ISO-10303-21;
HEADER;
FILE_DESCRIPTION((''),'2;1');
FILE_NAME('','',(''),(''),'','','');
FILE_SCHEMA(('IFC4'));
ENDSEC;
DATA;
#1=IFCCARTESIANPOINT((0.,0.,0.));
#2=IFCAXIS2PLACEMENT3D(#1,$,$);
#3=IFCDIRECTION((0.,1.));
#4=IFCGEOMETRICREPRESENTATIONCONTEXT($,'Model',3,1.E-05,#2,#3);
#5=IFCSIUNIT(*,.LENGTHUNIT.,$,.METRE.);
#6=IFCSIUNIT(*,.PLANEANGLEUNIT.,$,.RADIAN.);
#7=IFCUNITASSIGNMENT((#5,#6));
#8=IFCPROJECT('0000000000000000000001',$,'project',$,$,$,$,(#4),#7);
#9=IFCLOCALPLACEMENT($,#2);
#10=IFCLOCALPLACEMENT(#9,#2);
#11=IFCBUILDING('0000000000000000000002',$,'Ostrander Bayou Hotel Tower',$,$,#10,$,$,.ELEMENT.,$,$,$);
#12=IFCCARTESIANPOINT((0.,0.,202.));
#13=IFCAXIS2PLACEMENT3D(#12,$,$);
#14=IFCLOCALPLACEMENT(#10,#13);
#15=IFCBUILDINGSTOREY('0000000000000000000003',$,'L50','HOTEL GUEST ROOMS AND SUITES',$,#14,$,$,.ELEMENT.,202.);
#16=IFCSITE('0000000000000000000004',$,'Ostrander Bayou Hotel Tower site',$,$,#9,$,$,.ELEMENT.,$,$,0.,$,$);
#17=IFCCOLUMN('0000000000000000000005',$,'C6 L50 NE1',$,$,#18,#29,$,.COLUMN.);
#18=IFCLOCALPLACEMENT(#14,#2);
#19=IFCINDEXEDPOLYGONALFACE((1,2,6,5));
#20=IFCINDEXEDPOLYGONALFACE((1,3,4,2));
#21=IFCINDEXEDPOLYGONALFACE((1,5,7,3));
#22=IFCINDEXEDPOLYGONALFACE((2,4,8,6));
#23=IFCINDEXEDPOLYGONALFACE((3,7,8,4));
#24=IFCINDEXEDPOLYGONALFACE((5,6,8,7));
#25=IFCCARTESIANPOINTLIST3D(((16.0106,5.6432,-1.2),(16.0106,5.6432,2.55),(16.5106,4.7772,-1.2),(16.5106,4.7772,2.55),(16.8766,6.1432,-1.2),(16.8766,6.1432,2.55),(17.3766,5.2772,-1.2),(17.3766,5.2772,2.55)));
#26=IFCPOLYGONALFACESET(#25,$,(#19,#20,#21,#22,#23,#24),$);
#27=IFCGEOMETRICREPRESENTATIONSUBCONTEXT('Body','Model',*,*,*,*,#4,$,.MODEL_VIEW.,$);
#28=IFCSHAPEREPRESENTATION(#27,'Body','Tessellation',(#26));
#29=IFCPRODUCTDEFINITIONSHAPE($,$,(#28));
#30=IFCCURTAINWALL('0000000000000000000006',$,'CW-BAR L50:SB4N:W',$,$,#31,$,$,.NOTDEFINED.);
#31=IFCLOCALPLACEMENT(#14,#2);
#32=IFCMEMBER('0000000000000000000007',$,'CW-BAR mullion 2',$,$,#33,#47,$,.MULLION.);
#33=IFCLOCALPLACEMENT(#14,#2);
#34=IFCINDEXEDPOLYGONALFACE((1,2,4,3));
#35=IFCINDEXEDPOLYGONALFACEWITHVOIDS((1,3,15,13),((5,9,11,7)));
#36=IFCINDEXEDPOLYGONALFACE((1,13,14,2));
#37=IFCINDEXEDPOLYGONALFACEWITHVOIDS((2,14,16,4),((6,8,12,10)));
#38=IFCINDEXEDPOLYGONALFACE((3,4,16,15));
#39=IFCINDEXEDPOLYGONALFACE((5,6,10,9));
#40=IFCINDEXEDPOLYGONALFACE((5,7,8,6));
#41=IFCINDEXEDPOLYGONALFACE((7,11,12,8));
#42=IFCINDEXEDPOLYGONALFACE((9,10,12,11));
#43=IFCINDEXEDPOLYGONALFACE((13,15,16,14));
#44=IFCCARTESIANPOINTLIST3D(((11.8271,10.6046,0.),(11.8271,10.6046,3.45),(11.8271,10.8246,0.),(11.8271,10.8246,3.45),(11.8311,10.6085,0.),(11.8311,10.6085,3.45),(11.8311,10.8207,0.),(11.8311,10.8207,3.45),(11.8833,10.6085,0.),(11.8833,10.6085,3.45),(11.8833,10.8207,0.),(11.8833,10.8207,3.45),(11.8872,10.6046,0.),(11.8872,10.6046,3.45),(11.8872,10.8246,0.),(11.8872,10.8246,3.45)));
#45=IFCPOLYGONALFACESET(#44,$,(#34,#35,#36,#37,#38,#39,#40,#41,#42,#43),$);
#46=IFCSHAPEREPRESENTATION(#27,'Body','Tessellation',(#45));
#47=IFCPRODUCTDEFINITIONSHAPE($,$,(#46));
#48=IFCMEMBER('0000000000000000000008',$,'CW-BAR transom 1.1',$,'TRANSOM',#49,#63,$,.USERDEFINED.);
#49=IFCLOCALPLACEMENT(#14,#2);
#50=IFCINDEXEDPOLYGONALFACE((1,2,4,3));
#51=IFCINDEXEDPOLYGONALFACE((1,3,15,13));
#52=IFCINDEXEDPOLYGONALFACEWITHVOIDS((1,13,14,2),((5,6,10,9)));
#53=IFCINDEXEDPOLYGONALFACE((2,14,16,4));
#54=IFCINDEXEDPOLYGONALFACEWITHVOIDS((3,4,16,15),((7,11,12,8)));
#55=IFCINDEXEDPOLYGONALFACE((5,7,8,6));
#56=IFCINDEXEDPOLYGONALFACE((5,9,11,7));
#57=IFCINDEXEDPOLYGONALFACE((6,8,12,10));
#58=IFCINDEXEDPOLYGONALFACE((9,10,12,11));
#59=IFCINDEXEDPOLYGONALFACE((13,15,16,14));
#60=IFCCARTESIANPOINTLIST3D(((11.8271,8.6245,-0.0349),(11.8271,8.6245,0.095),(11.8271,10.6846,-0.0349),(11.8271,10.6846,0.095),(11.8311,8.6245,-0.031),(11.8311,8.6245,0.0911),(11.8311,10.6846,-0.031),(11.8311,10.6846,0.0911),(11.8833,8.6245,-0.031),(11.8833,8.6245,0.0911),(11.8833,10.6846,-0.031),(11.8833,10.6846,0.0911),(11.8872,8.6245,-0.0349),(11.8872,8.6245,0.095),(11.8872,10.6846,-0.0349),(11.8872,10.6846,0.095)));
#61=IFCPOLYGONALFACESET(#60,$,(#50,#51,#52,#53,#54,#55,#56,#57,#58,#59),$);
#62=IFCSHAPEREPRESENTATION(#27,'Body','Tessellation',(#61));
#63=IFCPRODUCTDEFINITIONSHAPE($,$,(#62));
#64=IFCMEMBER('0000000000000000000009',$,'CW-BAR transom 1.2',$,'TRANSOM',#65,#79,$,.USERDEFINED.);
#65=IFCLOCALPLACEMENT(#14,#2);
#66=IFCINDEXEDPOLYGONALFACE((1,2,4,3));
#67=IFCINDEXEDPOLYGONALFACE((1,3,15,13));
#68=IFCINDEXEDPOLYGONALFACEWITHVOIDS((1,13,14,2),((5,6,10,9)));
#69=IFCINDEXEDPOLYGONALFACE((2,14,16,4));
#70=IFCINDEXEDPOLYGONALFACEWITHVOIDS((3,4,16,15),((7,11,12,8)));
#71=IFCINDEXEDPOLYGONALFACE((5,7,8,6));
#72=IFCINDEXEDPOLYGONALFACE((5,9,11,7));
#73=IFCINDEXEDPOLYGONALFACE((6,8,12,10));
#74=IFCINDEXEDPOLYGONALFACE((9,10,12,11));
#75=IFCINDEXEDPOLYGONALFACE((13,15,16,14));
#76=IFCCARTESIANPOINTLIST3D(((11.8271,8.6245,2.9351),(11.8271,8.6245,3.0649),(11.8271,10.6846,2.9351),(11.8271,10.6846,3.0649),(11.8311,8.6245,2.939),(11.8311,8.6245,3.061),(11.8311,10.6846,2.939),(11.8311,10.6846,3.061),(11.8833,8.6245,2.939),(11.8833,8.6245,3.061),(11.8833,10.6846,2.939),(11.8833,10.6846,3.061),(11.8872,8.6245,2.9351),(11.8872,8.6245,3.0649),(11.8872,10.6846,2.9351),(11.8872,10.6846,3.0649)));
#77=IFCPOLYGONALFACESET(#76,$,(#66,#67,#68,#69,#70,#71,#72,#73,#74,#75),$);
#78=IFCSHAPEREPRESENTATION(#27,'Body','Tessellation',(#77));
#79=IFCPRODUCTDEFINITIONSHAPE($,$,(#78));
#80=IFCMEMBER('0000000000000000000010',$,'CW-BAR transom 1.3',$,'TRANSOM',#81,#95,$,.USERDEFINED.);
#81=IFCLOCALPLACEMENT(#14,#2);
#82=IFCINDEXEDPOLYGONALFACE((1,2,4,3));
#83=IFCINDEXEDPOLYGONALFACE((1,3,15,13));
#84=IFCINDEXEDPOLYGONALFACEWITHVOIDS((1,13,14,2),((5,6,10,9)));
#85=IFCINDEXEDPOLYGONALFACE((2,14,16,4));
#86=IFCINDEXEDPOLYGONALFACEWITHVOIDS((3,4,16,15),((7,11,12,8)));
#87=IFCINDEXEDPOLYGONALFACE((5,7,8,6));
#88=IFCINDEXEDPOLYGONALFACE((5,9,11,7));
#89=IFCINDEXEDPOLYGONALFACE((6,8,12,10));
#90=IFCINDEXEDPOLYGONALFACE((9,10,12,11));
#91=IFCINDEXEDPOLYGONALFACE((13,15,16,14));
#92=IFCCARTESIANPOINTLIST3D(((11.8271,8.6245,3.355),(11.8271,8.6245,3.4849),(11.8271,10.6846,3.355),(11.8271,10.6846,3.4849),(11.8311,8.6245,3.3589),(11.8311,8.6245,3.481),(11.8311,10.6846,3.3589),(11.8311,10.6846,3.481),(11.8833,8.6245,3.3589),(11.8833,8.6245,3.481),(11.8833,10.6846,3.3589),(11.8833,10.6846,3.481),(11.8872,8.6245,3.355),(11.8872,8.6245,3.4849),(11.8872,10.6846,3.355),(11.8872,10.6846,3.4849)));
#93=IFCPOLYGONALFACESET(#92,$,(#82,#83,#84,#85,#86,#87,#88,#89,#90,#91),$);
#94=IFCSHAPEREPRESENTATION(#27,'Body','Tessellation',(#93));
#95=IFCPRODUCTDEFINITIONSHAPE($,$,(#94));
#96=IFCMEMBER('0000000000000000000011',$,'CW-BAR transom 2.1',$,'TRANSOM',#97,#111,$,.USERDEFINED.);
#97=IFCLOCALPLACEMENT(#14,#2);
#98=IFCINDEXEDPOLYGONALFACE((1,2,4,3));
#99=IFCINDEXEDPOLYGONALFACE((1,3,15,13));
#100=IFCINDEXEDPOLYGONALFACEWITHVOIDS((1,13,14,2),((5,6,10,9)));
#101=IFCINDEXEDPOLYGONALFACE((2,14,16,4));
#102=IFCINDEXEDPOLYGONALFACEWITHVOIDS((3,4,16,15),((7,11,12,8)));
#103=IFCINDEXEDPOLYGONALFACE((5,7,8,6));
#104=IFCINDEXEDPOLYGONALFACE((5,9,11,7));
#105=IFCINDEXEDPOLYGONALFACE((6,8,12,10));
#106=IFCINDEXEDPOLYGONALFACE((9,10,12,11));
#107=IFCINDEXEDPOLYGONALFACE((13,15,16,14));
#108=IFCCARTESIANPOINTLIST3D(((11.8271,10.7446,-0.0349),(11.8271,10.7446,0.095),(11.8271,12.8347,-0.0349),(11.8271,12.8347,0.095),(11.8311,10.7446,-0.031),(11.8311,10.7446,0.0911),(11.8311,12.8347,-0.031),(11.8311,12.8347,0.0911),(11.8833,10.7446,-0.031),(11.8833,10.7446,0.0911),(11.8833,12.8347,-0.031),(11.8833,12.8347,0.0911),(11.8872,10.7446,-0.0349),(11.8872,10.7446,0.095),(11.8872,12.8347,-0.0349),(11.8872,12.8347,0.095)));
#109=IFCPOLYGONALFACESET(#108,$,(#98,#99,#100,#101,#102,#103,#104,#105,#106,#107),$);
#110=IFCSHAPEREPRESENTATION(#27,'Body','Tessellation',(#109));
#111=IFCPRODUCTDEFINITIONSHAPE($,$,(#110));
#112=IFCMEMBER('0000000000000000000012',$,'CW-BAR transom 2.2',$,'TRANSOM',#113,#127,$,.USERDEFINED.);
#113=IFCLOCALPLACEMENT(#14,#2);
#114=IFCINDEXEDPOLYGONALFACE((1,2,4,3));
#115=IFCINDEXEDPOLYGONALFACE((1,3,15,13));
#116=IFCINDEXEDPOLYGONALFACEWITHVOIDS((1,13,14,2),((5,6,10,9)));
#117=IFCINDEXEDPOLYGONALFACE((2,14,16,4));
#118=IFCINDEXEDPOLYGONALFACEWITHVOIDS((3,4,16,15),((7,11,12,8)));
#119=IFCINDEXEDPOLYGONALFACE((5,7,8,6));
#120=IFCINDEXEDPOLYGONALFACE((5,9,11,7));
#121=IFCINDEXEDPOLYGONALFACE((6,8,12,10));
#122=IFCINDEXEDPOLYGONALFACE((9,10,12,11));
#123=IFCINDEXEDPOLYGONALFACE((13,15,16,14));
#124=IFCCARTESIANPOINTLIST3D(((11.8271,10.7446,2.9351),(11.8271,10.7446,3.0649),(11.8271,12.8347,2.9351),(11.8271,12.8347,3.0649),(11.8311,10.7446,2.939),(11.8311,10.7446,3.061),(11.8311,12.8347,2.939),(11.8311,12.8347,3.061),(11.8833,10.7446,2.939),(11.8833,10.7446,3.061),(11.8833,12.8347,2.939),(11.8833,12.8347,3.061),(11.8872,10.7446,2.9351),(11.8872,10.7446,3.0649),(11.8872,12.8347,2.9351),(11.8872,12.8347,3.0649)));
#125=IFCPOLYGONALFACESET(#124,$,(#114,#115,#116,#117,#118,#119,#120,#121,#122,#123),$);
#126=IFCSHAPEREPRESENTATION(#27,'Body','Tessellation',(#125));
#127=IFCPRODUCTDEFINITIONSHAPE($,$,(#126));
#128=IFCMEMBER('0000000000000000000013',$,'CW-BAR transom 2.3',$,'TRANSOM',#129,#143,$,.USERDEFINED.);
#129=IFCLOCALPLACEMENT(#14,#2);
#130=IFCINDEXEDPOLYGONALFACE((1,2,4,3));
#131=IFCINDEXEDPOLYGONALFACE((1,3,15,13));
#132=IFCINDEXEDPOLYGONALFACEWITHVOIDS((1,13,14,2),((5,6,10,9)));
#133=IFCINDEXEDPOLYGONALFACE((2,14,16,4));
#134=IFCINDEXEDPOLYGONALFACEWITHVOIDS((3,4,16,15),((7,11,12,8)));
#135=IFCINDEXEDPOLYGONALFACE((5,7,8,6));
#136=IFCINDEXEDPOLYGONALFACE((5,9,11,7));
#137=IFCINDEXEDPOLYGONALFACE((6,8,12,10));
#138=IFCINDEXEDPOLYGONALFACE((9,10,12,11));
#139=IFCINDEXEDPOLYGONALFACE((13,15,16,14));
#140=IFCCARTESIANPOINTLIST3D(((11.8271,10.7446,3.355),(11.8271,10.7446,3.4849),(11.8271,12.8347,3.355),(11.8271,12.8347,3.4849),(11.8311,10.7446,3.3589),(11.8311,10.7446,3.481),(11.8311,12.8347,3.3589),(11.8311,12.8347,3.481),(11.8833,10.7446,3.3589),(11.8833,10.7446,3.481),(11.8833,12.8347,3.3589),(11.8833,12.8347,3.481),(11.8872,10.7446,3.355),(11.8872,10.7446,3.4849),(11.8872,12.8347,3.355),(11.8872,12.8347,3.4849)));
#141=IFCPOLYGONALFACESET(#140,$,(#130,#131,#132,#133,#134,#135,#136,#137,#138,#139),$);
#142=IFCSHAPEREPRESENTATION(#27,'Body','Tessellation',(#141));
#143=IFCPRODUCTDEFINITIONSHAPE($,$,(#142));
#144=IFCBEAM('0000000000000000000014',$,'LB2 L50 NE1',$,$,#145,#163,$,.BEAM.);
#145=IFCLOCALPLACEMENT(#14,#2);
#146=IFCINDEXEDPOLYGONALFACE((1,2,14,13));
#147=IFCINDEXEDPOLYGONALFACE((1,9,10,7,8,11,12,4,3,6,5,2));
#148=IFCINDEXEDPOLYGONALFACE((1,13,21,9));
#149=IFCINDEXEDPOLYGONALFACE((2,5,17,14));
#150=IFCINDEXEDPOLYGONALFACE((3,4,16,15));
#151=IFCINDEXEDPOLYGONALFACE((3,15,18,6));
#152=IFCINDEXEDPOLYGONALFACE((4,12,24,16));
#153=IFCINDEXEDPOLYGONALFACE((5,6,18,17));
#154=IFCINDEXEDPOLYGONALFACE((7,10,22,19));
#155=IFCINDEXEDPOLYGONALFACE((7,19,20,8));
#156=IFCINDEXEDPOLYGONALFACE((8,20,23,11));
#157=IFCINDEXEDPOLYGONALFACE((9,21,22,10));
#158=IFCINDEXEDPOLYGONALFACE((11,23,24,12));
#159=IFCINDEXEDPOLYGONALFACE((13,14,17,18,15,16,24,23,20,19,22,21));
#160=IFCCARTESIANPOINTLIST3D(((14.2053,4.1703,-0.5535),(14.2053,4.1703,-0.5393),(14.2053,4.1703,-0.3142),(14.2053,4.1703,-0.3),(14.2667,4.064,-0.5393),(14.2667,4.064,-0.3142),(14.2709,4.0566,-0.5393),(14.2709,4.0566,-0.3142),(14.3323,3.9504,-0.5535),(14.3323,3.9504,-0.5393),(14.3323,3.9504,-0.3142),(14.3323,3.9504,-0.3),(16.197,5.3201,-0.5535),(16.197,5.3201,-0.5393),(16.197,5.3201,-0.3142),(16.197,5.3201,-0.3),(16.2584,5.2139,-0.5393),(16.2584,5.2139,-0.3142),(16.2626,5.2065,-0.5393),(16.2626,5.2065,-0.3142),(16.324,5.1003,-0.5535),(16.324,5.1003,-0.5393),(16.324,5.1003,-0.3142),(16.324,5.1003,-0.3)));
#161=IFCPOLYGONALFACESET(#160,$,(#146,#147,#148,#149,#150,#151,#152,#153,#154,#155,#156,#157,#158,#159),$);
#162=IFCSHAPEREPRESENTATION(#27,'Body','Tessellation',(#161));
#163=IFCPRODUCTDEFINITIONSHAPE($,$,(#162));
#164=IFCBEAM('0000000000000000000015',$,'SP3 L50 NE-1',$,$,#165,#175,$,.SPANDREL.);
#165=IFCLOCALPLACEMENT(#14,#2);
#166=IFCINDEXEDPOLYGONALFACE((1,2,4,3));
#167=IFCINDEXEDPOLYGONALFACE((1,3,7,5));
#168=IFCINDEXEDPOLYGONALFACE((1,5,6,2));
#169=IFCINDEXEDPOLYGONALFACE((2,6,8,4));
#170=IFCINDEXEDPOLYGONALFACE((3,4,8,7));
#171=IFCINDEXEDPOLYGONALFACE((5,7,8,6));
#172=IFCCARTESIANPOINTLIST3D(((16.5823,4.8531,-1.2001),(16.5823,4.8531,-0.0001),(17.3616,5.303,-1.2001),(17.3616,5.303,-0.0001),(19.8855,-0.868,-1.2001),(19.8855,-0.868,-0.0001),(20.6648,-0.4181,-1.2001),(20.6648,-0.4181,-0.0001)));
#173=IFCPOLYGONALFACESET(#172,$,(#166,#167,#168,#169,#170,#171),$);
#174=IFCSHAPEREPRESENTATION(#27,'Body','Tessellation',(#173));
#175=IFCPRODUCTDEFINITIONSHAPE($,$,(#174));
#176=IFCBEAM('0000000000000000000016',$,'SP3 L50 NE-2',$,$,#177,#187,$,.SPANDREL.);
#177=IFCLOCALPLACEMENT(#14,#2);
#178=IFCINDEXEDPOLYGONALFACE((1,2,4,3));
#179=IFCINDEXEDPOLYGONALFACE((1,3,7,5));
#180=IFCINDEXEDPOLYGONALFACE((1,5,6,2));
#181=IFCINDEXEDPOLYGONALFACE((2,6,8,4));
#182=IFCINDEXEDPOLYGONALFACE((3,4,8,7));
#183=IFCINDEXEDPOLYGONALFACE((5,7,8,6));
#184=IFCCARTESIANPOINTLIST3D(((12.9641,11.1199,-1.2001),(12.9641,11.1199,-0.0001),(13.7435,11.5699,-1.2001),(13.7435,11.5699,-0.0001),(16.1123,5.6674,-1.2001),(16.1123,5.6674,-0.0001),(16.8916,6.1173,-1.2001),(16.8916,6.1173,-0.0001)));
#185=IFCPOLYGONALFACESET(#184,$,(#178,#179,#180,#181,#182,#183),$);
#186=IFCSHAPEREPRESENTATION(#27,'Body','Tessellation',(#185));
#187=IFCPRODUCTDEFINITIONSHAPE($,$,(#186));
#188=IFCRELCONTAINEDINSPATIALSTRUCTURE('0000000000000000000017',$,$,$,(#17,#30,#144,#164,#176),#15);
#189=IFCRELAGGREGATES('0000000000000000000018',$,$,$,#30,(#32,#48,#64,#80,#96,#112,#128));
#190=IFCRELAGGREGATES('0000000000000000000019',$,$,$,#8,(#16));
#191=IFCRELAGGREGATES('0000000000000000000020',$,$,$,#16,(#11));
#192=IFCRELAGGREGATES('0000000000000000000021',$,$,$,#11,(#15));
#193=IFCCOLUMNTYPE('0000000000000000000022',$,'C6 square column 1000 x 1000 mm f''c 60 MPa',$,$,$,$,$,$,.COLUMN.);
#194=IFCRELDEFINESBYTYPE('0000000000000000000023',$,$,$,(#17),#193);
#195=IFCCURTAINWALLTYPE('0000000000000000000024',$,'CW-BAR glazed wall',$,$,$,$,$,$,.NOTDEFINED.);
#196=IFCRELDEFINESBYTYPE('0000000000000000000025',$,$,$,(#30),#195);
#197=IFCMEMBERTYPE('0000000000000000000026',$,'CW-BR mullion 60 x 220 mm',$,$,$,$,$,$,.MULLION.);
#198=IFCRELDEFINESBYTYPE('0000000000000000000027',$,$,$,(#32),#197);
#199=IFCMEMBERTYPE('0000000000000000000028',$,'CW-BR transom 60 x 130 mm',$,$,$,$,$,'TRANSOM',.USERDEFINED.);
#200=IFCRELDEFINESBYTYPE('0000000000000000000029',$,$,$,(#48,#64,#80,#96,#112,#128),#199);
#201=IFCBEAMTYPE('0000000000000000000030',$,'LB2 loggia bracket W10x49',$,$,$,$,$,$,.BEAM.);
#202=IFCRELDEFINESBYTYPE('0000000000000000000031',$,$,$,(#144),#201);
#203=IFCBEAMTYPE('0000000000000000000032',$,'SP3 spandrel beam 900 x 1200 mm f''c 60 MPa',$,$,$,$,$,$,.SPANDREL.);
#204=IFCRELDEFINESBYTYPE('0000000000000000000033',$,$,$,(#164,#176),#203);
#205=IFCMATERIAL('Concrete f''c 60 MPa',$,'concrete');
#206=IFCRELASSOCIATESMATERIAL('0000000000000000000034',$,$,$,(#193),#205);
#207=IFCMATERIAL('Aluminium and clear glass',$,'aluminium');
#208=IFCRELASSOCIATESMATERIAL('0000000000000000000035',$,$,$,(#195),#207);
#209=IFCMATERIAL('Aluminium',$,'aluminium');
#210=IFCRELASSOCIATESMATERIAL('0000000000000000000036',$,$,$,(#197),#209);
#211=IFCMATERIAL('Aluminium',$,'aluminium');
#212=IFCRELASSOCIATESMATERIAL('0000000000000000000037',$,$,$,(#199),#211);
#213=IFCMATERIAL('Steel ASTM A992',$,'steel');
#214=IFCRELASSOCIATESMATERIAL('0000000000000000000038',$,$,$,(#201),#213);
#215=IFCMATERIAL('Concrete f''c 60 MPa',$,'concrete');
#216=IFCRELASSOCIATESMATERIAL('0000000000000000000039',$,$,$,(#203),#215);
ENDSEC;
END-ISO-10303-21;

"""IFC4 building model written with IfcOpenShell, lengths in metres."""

from ifc_helpers import new_model, si_unit, direction, frame, origin, origin_2d, place, context, subcontext, project, spatial, rectangle, hollow_rectangle, i_section, extrude, material, material_profile, profile_set, type_object, element, aggregate, save


model = new_model("IFC4")

# Units and contexts
model_context = context("Model", 3, precision=1e-05, world=origin(), true_north=direction((0.0, 1.0)))
body_context = subcontext(model_context, "Body", "Model", "MODEL_VIEW")
ifc_project = project(units=[si_unit("LENGTHUNIT", "METRE"), si_unit("PLANEANGLEUNIT", "RADIAN")], contexts=[model_context])

# Site, building, storey
site_placement = place(None, origin())
site = spatial("IfcSite", under=ifc_project, at=site_placement, Name="Ostrander Bayou Hotel Tower site", CompositionType="ELEMENT", RefElevation=0.0)
building_placement = place(site_placement, origin())
building = spatial("IfcBuilding", under=site, at=building_placement, Name="Ostrander Bayou Hotel Tower", CompositionType="ELEMENT")
storey_placement = place(building_placement, frame((0.0, 0.0, 202.0)))
storey = spatial("IfcBuildingStorey", under=building, at=storey_placement, Name="L50", Description="HOTEL GUEST ROOMS AND SUITES", CompositionType="ELEMENT", Elevation=202.0)

# Column
ifc_material_1 = material(Name="Concrete f'c 60 MPa", Category="concrete")
ifc_material_profile_1 = material_profile(ifc_material_1, rectangle(XDim=1.0, YDim=1.0, at=origin_2d()))
ifc_profile_set_1 = profile_set([ifc_material_profile_1], Name="Concrete f'c 60 MPa")
column_type = type_object("IfcColumnType", Name="C6 square column 1000 x 1000 mm f'c 60 MPa", PredefinedType="COLUMN", material=ifc_profile_set_1)
column_placement = place(storey_placement, frame((16.6936, 5.4602, -1.2), z_axis=(0.0, 0.0, 1.0), x_axis=(0.5, -0.866025, 0.0)))
element("IfcColumn", 1, at=column_placement, inside=storey, type_object=column_type, Name="C6 L50 NE1", PredefinedType="COLUMN", context=body_context, shape_type="SweptSolid", body=[
    extrude(rectangle(XDim=1.0, YDim=1.0, at=origin_2d()), origin(), (0.0, 0.0, 1.0), 3.75),
])

# Curtain wall, members
ifc_material_2 = material(Name="Aluminium and clear glass", Category="aluminium")
curtain_wall_type = type_object("IfcCurtainWallType", Name="CW-BAR glazed wall", PredefinedType="NOTDEFINED", material=ifc_material_2)
curtain_wall_placement = place(storey_placement, origin())
curtain_wall = element("IfcCurtainWall", 2, at=curtain_wall_placement, inside=storey, type_object=curtain_wall_type, Name="CW-BAR L50:SB4N:W", PredefinedType="NOTDEFINED")
ifc_material_3 = material(Name="Aluminium", Category="aluminium")
ifc_material_profile_2 = material_profile(ifc_material_3, hollow_rectangle(XDim=0.0601, YDim=0.22, WallThickness=0.0039, at=origin_2d()))
ifc_profile_set_2 = profile_set([ifc_material_profile_2], Name="Aluminium")
member_type_1 = type_object("IfcMemberType", Name="CW-BR mullion 60 x 220 mm", PredefinedType="MULLION", material=ifc_profile_set_2)
member_1_placement = place(storey_placement, frame((11.8572, 10.7146, 0.0), z_axis=(0.0, 0.0, 1.0), x_axis=(-1.0, 0.0, 0.0)))
member_1 = element("IfcMember", 3, at=member_1_placement, type_object=member_type_1, Name="CW-BAR mullion 2", PredefinedType="MULLION", context=body_context, shape_type="SweptSolid", body=[
    extrude(hollow_rectangle(XDim=0.0601, YDim=0.22, WallThickness=0.0039, at=origin_2d()), origin(), (0.0, 0.0, 1.0), 3.45),
])
ifc_material_4 = material(Name="Aluminium", Category="aluminium")
ifc_material_profile_3 = material_profile(ifc_material_4, hollow_rectangle(XDim=0.0601, YDim=0.1299, WallThickness=0.0039, at=origin_2d()))
ifc_profile_set_3 = profile_set([ifc_material_profile_3], Name="Aluminium")
member_type_2 = type_object("IfcMemberType", Name="CW-BR transom 60 x 130 mm", ElementType="TRANSOM", PredefinedType="USERDEFINED", material=ifc_profile_set_3)
member_2_placement = place(storey_placement, frame((11.8572, 8.6245, 0.03), z_axis=(0.0, 1.0, 0.0), x_axis=(-1.0, 0.0, 0.0)))
member_2 = element("IfcMember", 4, at=member_2_placement, type_object=member_type_2, Name="CW-BAR transom 1.1", ObjectType="TRANSOM", PredefinedType="USERDEFINED", context=body_context, shape_type="SweptSolid", body=[
    extrude(hollow_rectangle(XDim=0.0601, YDim=0.1299, WallThickness=0.0039, at=origin_2d()), origin(), (0.0, 0.0, 1.0), 2.0601),
])
member_3_placement = place(storey_placement, frame((11.8572, 8.6245, 3.0), z_axis=(0.0, 1.0, 0.0), x_axis=(-1.0, 0.0, 0.0)))
member_3 = element("IfcMember", 5, at=member_3_placement, type_object=member_type_2, Name="CW-BAR transom 1.2", ObjectType="TRANSOM", PredefinedType="USERDEFINED", context=body_context, shape_type="SweptSolid", body=[
    extrude(hollow_rectangle(XDim=0.0601, YDim=0.1299, WallThickness=0.0039, at=origin_2d()), origin(), (0.0, 0.0, 1.0), 2.0601),
])
member_4_placement = place(storey_placement, frame((11.8572, 8.6245, 3.4199), z_axis=(0.0, 1.0, 0.0), x_axis=(-1.0, 0.0, 0.0)))
member_4 = element("IfcMember", 6, at=member_4_placement, type_object=member_type_2, Name="CW-BAR transom 1.3", ObjectType="TRANSOM", PredefinedType="USERDEFINED", context=body_context, shape_type="SweptSolid", body=[
    extrude(hollow_rectangle(XDim=0.0601, YDim=0.1299, WallThickness=0.0039, at=origin_2d()), origin(), (0.0, 0.0, 1.0), 2.0601),
])
member_5_placement = place(storey_placement, frame((11.8572, 10.7446, 0.03), z_axis=(0.0, 1.0, 0.0), x_axis=(-1.0, 0.0, 0.0)))
member_5 = element("IfcMember", 7, at=member_5_placement, type_object=member_type_2, Name="CW-BAR transom 2.1", ObjectType="TRANSOM", PredefinedType="USERDEFINED", context=body_context, shape_type="SweptSolid", body=[
    extrude(hollow_rectangle(XDim=0.0601, YDim=0.1299, WallThickness=0.0039, at=origin_2d()), origin(), (0.0, 0.0, 1.0), 2.0901),
])
member_6_placement = place(storey_placement, frame((11.8572, 10.7446, 3.0), z_axis=(0.0, 1.0, 0.0), x_axis=(-1.0, 0.0, 0.0)))
member_6 = element("IfcMember", 8, at=member_6_placement, type_object=member_type_2, Name="CW-BAR transom 2.2", ObjectType="TRANSOM", PredefinedType="USERDEFINED", context=body_context, shape_type="SweptSolid", body=[
    extrude(hollow_rectangle(XDim=0.0601, YDim=0.1299, WallThickness=0.0039, at=origin_2d()), origin(), (0.0, 0.0, 1.0), 2.0901),
])
member_7_placement = place(storey_placement, frame((11.8572, 10.7446, 3.4199), z_axis=(0.0, 1.0, 0.0), x_axis=(-1.0, 0.0, 0.0)))
member_7 = element("IfcMember", 9, at=member_7_placement, type_object=member_type_2, Name="CW-BAR transom 2.3", ObjectType="TRANSOM", PredefinedType="USERDEFINED", context=body_context, shape_type="SweptSolid", body=[
    extrude(hollow_rectangle(XDim=0.0601, YDim=0.1299, WallThickness=0.0039, at=origin_2d()), origin(), (0.0, 0.0, 1.0), 2.0901),
])

# Beams
ifc_material_5 = material(Name="Steel ASTM A992", Category="steel")
ifc_material_profile_4 = material_profile(ifc_material_5, i_section(OverallWidth=0.2539, OverallDepth=0.2534, WebThickness=0.0085, FlangeThickness=0.0142, at=origin_2d()))
ifc_profile_set_4 = profile_set([ifc_material_profile_4], Name="Steel ASTM A992")
beam_type_1 = type_object("IfcBeamType", Name="LB2 loggia bracket W10x49", PredefinedType="BEAM", material=ifc_profile_set_4)
beam_1_placement = place(storey_placement, frame((16.2605, 5.2102, -0.4268), z_axis=(-0.866026, -0.499998, 0.0), x_axis=(0.499998, -0.866026, 0.0)))
element("IfcBeam", 10, at=beam_1_placement, inside=storey, type_object=beam_type_1, Name="LB2 L50 NE1", PredefinedType="BEAM", context=body_context, shape_type="SweptSolid", body=[
    extrude(i_section(OverallWidth=0.2539, OverallDepth=0.2534, WebThickness=0.0085, FlangeThickness=0.0142, at=origin_2d()), origin(), (0.0, 0.0, 1.0), 2.2998),
])
ifc_material_6 = material(Name="Concrete f'c 60 MPa", Category="concrete")
ifc_material_profile_5 = material_profile(ifc_material_6, rectangle(XDim=0.8999, YDim=1.2, at=origin_2d()))
ifc_profile_set_5 = profile_set([ifc_material_profile_5], Name="Concrete f'c 60 MPa")
beam_type_2 = type_object("IfcBeamType", Name="SP3 spandrel beam 900 x 1200 mm f'c 60 MPa", PredefinedType="SPANDREL", material=ifc_profile_set_5)
beam_2_placement = place(storey_placement, frame((20.2751, -0.6431, -0.6001), z_axis=(-0.50001, 0.866019, 0.0), x_axis=(-0.866019, -0.50001, 0.0)))
element("IfcBeam", 11, at=beam_2_placement, inside=storey, type_object=beam_type_2, Name="SP3 L50 NE-1", PredefinedType="SPANDREL", context=body_context, shape_type="SweptSolid", body=[
    extrude(rectangle(XDim=0.8999, YDim=1.2, at=origin_2d()), origin(), (0.0, 0.0, 1.0), 6.6062),
])
beam_3_placement = place(storey_placement, frame((16.502, 5.8923, -0.6001), z_axis=(-0.500013, 0.866018, 0.0), x_axis=(-0.866018, -0.500013, 0.0)))
element("IfcBeam", 12, at=beam_3_placement, inside=storey, type_object=beam_type_2, Name="SP3 L50 NE-2", PredefinedType="SPANDREL", context=body_context, shape_type="SweptSolid", body=[
    extrude(rectangle(XDim=0.8999, YDim=1.2, at=origin_2d()), origin(), (0.0, 0.0, 1.0), 6.2961),
])

aggregate(curtain_wall, [member_1, member_2, member_3, member_4, member_5, member_6, member_7])

save(model, "model.ifc")
